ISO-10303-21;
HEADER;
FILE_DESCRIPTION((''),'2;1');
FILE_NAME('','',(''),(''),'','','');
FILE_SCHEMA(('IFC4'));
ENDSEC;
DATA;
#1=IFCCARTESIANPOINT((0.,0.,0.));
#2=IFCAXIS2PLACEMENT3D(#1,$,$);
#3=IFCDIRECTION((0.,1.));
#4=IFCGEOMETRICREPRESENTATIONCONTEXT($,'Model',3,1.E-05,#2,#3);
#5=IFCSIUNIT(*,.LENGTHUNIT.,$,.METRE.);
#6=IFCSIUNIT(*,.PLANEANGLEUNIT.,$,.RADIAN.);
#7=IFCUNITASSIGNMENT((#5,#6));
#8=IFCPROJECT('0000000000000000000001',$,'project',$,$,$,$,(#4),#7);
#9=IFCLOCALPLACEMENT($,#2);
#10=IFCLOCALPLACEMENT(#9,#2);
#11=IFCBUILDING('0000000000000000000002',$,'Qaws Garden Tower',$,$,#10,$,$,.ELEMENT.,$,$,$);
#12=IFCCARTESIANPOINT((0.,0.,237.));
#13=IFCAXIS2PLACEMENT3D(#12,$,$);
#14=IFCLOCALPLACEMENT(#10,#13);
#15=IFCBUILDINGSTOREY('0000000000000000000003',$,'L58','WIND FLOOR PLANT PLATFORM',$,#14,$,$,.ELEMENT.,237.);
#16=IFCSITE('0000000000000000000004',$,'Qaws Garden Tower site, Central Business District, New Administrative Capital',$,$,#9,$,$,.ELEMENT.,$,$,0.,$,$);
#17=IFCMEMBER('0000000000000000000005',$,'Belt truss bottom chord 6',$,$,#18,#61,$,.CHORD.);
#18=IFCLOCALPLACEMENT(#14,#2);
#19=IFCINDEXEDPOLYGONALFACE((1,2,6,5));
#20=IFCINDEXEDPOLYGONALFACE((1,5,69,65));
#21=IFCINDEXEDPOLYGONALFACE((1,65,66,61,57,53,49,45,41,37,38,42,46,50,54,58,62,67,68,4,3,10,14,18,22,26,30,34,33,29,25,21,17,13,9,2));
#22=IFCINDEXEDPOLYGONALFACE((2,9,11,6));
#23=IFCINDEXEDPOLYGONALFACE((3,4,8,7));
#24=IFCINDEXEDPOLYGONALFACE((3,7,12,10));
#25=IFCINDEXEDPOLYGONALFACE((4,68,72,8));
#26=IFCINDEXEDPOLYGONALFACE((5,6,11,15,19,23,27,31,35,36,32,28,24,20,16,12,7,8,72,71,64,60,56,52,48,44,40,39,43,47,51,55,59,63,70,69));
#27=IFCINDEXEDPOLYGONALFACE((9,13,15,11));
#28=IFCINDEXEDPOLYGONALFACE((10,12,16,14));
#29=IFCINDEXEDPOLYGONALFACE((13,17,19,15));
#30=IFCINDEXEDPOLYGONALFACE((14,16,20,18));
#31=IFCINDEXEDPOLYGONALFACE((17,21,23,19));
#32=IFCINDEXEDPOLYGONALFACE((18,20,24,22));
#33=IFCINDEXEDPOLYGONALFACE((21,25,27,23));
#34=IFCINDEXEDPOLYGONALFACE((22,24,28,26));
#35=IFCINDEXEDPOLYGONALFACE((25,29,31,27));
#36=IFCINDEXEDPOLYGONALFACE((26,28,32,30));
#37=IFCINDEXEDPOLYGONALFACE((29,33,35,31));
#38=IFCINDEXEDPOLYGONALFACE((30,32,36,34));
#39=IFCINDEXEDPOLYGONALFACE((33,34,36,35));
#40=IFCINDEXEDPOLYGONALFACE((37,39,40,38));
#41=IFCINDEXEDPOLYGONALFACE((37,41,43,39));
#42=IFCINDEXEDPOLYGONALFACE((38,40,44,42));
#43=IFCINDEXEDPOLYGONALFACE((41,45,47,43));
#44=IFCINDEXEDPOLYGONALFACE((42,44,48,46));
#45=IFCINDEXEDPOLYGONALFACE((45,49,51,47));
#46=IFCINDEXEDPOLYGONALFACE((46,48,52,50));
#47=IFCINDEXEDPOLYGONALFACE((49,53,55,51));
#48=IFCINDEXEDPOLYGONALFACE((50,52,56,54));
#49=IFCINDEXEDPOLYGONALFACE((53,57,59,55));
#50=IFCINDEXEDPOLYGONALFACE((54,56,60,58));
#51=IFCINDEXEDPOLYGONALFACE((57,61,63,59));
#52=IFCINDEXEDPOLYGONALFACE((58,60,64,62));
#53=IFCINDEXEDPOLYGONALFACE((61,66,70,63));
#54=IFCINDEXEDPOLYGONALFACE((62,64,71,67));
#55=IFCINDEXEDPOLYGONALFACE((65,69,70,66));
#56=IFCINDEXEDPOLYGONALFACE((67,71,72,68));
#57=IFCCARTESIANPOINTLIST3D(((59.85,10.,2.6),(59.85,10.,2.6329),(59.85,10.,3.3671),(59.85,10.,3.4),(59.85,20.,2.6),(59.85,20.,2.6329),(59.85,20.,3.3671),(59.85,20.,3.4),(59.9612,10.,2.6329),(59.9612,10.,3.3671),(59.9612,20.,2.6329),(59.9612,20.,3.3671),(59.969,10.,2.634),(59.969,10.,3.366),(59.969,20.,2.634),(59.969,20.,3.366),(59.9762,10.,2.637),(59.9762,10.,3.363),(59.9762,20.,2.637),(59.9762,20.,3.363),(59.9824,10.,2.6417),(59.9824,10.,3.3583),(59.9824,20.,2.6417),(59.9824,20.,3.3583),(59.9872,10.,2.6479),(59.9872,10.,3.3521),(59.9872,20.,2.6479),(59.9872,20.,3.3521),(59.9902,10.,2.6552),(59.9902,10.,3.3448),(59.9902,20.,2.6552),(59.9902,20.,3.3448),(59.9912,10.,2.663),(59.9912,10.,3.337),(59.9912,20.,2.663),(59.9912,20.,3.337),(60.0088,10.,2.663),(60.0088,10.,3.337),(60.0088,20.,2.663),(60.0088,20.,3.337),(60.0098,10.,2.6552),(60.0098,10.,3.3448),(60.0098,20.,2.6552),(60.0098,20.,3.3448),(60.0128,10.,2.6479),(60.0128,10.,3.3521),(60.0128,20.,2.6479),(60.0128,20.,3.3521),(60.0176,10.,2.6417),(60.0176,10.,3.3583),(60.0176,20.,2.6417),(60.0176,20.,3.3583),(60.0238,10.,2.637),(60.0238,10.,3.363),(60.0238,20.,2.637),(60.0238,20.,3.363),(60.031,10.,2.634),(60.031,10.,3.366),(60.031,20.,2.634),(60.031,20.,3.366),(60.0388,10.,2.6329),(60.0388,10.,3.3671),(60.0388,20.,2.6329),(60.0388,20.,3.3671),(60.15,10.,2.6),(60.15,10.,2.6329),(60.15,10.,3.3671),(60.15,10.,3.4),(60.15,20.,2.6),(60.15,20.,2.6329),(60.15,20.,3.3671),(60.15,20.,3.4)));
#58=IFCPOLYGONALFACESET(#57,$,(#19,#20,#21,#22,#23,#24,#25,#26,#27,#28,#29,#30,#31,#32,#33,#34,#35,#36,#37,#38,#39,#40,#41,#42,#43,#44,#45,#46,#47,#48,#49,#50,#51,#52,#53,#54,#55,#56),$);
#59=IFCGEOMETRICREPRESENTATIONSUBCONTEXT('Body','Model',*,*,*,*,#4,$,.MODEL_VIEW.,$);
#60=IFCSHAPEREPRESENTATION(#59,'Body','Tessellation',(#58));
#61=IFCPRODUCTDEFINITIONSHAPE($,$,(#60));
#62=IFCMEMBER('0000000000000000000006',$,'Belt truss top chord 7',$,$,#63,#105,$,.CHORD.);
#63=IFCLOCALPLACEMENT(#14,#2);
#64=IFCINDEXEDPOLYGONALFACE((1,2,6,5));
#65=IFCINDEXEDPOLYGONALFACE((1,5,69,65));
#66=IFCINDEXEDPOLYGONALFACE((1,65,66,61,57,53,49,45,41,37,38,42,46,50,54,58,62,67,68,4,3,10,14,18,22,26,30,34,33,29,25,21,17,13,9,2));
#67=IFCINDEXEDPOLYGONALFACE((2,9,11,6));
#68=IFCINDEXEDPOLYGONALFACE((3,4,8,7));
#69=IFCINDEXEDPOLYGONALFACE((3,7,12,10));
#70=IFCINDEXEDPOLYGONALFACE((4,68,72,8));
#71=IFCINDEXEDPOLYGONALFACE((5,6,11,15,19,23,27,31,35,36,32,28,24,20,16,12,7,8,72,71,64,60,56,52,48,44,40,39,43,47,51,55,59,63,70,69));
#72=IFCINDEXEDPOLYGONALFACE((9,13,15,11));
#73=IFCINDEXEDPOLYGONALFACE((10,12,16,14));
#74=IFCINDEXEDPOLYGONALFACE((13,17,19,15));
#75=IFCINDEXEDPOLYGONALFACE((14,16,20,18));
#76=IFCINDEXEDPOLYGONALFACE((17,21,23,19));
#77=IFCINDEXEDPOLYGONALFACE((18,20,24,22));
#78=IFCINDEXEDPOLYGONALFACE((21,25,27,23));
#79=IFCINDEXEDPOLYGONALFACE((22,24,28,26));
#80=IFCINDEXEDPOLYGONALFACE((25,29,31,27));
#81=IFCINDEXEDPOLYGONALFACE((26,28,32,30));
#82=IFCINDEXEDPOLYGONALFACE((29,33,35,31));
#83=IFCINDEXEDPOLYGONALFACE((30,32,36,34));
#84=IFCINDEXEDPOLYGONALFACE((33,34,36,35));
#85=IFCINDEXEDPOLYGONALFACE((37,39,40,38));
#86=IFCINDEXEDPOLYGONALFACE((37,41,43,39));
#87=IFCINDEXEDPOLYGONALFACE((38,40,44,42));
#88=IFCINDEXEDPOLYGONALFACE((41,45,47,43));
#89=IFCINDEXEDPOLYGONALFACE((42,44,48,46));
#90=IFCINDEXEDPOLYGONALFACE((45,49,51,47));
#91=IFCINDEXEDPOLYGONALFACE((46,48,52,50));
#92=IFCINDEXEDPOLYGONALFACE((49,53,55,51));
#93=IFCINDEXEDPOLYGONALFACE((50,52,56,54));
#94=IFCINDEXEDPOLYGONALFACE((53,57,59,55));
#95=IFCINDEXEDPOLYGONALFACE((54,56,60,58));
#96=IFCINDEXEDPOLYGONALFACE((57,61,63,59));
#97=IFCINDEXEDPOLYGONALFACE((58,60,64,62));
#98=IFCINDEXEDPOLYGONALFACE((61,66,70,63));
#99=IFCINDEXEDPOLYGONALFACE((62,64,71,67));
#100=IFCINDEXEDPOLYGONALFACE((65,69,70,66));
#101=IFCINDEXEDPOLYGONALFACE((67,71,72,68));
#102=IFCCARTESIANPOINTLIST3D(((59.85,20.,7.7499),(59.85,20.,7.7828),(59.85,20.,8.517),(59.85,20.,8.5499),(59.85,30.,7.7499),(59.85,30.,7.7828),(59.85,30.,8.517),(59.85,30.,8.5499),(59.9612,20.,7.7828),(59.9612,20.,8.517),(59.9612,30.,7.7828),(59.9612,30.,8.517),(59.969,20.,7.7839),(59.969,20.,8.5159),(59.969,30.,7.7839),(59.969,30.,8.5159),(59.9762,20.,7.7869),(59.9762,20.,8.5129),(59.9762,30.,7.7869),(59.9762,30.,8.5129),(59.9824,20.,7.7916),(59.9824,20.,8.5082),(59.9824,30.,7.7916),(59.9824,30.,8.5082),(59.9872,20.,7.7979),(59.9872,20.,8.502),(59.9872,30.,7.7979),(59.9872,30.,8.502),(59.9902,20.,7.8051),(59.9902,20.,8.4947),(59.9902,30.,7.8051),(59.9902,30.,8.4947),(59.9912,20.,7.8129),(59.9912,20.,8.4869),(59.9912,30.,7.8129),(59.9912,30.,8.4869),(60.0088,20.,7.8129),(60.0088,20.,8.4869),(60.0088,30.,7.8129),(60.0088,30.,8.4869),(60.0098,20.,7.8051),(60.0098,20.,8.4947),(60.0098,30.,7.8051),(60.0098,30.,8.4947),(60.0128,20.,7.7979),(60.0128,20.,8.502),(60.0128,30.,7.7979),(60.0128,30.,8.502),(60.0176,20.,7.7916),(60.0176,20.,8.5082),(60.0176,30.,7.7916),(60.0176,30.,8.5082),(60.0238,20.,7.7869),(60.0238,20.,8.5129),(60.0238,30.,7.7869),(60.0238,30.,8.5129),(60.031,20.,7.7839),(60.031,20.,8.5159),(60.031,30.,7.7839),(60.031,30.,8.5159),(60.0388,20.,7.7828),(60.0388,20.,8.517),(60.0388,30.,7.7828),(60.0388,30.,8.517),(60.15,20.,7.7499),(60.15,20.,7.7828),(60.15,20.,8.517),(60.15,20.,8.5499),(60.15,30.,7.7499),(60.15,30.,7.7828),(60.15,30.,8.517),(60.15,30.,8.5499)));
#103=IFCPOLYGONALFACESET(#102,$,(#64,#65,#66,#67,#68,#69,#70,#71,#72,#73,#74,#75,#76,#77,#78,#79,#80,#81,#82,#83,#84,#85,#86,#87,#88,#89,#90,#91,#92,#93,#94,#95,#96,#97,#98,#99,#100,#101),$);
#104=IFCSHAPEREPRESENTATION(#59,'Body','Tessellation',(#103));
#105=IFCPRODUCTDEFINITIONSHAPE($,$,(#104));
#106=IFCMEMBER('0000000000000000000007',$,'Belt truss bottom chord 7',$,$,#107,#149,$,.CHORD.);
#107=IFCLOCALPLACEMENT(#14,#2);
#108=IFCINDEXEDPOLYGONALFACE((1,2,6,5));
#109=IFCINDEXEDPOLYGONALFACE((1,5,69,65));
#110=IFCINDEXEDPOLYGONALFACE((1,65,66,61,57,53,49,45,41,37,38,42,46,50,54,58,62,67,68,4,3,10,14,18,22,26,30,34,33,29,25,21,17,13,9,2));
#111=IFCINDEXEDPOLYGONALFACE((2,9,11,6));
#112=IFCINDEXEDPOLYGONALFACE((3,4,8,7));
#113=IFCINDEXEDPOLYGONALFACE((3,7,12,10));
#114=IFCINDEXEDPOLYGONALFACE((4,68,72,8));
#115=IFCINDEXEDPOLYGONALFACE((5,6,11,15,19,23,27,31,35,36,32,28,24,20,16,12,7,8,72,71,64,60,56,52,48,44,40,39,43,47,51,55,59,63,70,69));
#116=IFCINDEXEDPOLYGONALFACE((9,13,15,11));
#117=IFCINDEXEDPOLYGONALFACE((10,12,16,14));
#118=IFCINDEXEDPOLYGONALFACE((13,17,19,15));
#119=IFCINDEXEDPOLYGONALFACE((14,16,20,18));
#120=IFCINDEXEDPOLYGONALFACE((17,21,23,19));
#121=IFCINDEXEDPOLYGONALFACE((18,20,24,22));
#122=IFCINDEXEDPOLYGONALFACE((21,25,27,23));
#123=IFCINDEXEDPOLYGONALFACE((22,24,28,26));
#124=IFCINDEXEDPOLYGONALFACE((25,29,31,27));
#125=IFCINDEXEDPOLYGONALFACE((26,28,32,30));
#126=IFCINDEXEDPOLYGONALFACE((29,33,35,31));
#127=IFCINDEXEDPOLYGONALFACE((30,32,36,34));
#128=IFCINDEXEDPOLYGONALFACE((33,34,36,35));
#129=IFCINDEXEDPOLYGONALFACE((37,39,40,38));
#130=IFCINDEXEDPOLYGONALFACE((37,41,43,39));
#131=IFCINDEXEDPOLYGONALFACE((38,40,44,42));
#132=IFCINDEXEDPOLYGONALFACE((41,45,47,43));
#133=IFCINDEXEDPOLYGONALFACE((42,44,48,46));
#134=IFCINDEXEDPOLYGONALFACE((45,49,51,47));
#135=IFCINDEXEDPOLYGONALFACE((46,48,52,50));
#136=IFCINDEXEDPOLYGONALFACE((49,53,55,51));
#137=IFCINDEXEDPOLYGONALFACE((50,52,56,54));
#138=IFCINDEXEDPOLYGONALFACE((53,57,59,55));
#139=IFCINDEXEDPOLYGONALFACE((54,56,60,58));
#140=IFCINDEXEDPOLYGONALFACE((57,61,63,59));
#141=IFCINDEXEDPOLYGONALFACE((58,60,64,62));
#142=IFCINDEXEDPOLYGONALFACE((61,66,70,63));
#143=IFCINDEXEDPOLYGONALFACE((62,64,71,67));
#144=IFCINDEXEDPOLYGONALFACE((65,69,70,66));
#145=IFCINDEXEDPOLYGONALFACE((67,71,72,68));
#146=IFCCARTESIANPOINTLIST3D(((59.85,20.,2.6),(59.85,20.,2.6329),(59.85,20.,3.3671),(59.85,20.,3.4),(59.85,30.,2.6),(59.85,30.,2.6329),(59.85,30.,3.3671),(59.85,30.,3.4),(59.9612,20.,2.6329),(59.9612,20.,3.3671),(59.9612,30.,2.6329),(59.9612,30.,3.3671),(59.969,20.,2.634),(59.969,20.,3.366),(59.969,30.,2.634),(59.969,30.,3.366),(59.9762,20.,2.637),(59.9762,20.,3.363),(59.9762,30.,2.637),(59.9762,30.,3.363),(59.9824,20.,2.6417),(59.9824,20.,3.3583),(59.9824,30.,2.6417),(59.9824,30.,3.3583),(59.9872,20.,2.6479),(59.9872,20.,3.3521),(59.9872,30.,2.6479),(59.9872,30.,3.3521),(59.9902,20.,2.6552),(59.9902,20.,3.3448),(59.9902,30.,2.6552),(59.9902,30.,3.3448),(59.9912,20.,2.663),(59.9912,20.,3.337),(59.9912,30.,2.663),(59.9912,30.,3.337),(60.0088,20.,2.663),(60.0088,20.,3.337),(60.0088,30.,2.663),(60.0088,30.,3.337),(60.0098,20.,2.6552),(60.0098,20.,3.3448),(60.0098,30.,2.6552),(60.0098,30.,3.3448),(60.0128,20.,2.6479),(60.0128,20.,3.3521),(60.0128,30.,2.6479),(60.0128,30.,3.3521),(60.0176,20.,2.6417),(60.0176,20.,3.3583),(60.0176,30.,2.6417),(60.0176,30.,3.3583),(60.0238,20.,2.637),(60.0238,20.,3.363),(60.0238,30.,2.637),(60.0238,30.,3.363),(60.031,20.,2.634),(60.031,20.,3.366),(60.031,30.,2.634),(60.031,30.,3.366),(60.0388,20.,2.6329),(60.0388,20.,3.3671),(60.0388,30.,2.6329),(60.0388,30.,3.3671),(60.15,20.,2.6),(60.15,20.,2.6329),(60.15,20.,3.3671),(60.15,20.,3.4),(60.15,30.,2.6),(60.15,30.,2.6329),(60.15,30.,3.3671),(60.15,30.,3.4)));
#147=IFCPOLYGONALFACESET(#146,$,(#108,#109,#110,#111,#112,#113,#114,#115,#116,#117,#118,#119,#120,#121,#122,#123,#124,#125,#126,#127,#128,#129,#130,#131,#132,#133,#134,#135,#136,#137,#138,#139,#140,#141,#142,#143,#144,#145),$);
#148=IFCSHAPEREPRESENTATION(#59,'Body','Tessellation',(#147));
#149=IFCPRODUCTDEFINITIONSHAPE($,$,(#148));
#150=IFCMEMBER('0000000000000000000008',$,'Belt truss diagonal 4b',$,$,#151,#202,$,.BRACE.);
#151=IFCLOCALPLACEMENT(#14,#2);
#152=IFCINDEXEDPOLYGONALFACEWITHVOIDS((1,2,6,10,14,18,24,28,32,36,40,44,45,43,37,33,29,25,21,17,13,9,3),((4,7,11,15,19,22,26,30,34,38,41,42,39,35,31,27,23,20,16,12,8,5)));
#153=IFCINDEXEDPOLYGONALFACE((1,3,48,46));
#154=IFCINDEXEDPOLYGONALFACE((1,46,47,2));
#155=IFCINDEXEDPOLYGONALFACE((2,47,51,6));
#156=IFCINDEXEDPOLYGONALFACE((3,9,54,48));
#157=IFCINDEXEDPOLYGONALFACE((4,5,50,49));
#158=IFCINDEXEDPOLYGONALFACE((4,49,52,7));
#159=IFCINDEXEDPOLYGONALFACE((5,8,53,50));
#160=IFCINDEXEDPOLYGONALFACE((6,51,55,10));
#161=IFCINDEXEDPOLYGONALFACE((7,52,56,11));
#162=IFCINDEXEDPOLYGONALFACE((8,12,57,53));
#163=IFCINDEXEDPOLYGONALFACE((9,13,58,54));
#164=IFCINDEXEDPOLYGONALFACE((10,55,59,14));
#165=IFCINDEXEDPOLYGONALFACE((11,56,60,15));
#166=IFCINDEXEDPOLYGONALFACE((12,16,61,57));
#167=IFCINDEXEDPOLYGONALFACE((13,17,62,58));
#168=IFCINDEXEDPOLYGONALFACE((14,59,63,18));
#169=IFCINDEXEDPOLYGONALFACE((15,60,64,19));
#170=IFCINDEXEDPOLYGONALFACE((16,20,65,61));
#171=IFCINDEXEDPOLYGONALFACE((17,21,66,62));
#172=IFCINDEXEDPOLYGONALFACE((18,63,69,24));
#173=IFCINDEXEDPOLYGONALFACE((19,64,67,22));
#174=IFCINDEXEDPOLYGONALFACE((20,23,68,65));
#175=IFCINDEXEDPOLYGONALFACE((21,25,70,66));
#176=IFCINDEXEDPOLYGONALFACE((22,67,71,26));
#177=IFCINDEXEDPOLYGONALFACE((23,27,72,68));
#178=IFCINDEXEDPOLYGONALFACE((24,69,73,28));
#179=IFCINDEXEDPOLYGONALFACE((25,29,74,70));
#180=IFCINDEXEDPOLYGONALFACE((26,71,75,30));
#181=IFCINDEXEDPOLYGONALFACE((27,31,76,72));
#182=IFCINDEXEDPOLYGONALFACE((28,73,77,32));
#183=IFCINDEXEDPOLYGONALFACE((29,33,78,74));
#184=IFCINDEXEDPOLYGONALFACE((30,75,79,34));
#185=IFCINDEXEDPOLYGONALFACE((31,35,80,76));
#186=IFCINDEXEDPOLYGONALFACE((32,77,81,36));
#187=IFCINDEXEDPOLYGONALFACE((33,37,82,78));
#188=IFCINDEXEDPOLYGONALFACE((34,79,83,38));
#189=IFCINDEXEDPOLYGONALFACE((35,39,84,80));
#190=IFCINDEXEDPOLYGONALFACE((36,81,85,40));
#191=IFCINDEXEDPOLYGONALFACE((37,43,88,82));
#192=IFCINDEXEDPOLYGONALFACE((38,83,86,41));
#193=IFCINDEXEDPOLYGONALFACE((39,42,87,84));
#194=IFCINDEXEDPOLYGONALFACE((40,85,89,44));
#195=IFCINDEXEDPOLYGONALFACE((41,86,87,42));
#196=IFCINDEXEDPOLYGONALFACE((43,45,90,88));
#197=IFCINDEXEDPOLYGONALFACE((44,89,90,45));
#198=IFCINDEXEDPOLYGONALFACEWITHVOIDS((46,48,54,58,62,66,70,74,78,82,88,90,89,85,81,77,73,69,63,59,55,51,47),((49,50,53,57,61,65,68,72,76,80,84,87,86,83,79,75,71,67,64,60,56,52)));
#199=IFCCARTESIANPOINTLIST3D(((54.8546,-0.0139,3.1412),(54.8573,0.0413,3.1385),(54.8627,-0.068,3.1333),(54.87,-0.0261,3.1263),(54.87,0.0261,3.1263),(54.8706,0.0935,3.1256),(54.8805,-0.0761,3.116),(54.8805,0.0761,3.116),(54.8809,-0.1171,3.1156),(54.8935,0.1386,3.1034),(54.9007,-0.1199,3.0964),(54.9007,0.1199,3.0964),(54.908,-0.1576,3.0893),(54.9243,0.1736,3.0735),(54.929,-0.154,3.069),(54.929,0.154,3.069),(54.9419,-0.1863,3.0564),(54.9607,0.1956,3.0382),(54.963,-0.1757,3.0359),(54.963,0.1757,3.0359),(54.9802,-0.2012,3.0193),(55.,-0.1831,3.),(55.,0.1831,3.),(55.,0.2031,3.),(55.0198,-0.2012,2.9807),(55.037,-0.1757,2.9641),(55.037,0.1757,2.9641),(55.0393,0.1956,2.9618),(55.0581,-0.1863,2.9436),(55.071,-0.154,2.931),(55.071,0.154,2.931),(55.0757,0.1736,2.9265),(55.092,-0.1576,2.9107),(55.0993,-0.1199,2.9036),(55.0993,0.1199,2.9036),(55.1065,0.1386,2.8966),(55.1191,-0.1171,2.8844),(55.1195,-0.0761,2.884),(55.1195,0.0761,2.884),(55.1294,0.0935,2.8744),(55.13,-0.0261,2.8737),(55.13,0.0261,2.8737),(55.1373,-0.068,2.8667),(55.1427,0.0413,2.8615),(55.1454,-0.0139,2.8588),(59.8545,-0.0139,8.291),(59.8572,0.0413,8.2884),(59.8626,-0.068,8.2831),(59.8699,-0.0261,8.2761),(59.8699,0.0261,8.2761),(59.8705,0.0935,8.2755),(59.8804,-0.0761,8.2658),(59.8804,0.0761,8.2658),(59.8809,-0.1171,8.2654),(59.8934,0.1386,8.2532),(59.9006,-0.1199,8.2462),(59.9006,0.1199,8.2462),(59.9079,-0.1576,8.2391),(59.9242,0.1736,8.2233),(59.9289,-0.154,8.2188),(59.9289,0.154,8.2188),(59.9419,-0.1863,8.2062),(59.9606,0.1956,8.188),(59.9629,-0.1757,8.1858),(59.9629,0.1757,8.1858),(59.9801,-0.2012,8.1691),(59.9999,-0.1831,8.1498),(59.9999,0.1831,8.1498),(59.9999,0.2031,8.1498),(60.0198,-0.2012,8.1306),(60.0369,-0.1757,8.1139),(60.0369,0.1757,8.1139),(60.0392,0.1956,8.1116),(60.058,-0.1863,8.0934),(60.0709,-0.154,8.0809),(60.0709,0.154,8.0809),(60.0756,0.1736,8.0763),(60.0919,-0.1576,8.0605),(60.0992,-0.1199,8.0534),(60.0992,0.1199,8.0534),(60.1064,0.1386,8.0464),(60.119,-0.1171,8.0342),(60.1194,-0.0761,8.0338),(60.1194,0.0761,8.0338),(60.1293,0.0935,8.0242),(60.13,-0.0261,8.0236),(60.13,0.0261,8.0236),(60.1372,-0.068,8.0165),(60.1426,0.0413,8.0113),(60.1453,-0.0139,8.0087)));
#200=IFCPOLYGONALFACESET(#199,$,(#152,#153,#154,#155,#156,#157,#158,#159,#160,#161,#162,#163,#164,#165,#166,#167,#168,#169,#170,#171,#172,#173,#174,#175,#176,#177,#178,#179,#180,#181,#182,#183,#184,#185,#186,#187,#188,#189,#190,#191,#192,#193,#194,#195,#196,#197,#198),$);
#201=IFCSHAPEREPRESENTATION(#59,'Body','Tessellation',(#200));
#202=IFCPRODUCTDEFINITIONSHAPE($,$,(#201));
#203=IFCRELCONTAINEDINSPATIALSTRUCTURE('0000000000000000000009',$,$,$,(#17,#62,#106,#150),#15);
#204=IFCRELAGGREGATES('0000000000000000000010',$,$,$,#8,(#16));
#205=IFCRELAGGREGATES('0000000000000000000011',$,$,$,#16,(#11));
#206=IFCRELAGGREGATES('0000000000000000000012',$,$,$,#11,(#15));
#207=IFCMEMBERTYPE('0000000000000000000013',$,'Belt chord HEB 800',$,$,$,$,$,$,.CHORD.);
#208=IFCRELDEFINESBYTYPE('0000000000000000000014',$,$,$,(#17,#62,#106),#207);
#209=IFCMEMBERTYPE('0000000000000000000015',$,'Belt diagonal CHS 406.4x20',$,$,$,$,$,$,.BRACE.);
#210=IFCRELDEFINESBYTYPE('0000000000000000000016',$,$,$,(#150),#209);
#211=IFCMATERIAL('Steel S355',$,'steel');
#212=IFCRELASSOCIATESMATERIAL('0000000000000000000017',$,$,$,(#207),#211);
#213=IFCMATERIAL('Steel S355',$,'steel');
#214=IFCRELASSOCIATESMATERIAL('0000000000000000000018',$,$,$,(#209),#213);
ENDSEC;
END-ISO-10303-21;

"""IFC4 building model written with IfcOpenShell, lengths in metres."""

from ifc_helpers import new_model, si_unit, direction, frame, origin, origin_2d, place, context, subcontext, project, spatial, hollow_circle, i_section, extrude, material, material_profile, profile_set, type_object, element, save


model = new_model("IFC4")

# Units and contexts
model_context = context("Model", 3, precision=1e-05, world=origin(), true_north=direction((0.0, 1.0)))
body_context = subcontext(model_context, "Body", "Model", "MODEL_VIEW")
ifc_project = project(units=[si_unit("LENGTHUNIT", "METRE"), si_unit("PLANEANGLEUNIT", "RADIAN")], contexts=[model_context])

# Site, building, storey
site_placement = place(None, origin())
site = spatial("IfcSite", under=ifc_project, at=site_placement, Name="Qaws Garden Tower site, Central Business District, New Administrative Capital", CompositionType="ELEMENT", RefElevation=0.0)
building_placement = place(site_placement, origin())
building = spatial("IfcBuilding", under=site, at=building_placement, Name="Qaws Garden Tower", CompositionType="ELEMENT")
storey_placement = place(building_placement, frame((0.0, 0.0, 237.0)))
storey = spatial("IfcBuildingStorey", under=building, at=storey_placement, Name="L58", Description="WIND FLOOR PLANT PLATFORM", CompositionType="ELEMENT", Elevation=237.0)

# Members
ifc_material_1 = material(Name="Steel S355", Category="steel")
ifc_material_profile_1 = material_profile(ifc_material_1, i_section(OverallWidth=0.3, OverallDepth=0.8, WebThickness=0.0176, FlangeThickness=0.033, FilletRadius=0.03, at=origin_2d()), Name="HEB 800")
ifc_profile_set_1 = profile_set([ifc_material_profile_1], Name="Steel S355")
member_type_1 = type_object("IfcMemberType", Name="Belt chord HEB 800", PredefinedType="CHORD", material=ifc_profile_set_1)
for number, where, z_axis, x_axis, name in (
    (1, (60.0, 10.0, 3.0), (0.0, 1.0, 0.0), (-1.0, 0.0, 0.0), "Belt truss bottom chord 6"),
    (2, (60.0, 20.0, 8.1499), (0.0, 1.0, 0.0), (-1.0, 0.0, 0.0), "Belt truss top chord 7"),
    (3, (60.0, 20.0, 3.0), (0.0, 1.0, 0.0), (-1.0, 0.0, 0.0), "Belt truss bottom chord 7"),
):
    element("IfcMember", number, at=place(storey_placement, frame(where, z_axis=z_axis, x_axis=x_axis)), inside=storey, type_object=member_type_1, Name=name, PredefinedType="CHORD", context=body_context, shape_type="SweptSolid", body=[
        extrude(i_section(OverallWidth=0.3, OverallDepth=0.8, WebThickness=0.0176, FlangeThickness=0.033, FilletRadius=0.03, at=origin_2d()), origin(), (0.0, 0.0, 1.0), 10.0),
    ])
ifc_material_2 = material(Name="Steel S355", Category="steel")
ifc_material_profile_2 = material_profile(ifc_material_2, hollow_circle(Radius=0.2031, WallThickness=0.02, at=origin_2d()), Name="CHS 406.4x20")
ifc_profile_set_2 = profile_set([ifc_material_profile_2], Name="Steel S355")
member_type_2 = type_object("IfcMemberType", Name="Belt diagonal CHS 406.4x20", PredefinedType="BRACE", material=ifc_profile_set_2)
for number, where, z_axis, x_axis, name in (
    (4, (55.0, 0.0, 3.0), (0.696588, 0.0, 0.717472), (0.0, 1.0, 0.0), "Belt truss diagonal 4b"),
):
    element("IfcMember", number, at=place(storey_placement, frame(where, z_axis=z_axis, x_axis=x_axis)), inside=storey, type_object=member_type_2, Name=name, PredefinedType="BRACE", context=body_context, shape_type="SweptSolid", body=[
        extrude(hollow_circle(Radius=0.2031, WallThickness=0.02, at=origin_2d()), origin(), (0.0, 0.0, 1.0), 7.1777),
    ])

save(model, "model.ifc")
